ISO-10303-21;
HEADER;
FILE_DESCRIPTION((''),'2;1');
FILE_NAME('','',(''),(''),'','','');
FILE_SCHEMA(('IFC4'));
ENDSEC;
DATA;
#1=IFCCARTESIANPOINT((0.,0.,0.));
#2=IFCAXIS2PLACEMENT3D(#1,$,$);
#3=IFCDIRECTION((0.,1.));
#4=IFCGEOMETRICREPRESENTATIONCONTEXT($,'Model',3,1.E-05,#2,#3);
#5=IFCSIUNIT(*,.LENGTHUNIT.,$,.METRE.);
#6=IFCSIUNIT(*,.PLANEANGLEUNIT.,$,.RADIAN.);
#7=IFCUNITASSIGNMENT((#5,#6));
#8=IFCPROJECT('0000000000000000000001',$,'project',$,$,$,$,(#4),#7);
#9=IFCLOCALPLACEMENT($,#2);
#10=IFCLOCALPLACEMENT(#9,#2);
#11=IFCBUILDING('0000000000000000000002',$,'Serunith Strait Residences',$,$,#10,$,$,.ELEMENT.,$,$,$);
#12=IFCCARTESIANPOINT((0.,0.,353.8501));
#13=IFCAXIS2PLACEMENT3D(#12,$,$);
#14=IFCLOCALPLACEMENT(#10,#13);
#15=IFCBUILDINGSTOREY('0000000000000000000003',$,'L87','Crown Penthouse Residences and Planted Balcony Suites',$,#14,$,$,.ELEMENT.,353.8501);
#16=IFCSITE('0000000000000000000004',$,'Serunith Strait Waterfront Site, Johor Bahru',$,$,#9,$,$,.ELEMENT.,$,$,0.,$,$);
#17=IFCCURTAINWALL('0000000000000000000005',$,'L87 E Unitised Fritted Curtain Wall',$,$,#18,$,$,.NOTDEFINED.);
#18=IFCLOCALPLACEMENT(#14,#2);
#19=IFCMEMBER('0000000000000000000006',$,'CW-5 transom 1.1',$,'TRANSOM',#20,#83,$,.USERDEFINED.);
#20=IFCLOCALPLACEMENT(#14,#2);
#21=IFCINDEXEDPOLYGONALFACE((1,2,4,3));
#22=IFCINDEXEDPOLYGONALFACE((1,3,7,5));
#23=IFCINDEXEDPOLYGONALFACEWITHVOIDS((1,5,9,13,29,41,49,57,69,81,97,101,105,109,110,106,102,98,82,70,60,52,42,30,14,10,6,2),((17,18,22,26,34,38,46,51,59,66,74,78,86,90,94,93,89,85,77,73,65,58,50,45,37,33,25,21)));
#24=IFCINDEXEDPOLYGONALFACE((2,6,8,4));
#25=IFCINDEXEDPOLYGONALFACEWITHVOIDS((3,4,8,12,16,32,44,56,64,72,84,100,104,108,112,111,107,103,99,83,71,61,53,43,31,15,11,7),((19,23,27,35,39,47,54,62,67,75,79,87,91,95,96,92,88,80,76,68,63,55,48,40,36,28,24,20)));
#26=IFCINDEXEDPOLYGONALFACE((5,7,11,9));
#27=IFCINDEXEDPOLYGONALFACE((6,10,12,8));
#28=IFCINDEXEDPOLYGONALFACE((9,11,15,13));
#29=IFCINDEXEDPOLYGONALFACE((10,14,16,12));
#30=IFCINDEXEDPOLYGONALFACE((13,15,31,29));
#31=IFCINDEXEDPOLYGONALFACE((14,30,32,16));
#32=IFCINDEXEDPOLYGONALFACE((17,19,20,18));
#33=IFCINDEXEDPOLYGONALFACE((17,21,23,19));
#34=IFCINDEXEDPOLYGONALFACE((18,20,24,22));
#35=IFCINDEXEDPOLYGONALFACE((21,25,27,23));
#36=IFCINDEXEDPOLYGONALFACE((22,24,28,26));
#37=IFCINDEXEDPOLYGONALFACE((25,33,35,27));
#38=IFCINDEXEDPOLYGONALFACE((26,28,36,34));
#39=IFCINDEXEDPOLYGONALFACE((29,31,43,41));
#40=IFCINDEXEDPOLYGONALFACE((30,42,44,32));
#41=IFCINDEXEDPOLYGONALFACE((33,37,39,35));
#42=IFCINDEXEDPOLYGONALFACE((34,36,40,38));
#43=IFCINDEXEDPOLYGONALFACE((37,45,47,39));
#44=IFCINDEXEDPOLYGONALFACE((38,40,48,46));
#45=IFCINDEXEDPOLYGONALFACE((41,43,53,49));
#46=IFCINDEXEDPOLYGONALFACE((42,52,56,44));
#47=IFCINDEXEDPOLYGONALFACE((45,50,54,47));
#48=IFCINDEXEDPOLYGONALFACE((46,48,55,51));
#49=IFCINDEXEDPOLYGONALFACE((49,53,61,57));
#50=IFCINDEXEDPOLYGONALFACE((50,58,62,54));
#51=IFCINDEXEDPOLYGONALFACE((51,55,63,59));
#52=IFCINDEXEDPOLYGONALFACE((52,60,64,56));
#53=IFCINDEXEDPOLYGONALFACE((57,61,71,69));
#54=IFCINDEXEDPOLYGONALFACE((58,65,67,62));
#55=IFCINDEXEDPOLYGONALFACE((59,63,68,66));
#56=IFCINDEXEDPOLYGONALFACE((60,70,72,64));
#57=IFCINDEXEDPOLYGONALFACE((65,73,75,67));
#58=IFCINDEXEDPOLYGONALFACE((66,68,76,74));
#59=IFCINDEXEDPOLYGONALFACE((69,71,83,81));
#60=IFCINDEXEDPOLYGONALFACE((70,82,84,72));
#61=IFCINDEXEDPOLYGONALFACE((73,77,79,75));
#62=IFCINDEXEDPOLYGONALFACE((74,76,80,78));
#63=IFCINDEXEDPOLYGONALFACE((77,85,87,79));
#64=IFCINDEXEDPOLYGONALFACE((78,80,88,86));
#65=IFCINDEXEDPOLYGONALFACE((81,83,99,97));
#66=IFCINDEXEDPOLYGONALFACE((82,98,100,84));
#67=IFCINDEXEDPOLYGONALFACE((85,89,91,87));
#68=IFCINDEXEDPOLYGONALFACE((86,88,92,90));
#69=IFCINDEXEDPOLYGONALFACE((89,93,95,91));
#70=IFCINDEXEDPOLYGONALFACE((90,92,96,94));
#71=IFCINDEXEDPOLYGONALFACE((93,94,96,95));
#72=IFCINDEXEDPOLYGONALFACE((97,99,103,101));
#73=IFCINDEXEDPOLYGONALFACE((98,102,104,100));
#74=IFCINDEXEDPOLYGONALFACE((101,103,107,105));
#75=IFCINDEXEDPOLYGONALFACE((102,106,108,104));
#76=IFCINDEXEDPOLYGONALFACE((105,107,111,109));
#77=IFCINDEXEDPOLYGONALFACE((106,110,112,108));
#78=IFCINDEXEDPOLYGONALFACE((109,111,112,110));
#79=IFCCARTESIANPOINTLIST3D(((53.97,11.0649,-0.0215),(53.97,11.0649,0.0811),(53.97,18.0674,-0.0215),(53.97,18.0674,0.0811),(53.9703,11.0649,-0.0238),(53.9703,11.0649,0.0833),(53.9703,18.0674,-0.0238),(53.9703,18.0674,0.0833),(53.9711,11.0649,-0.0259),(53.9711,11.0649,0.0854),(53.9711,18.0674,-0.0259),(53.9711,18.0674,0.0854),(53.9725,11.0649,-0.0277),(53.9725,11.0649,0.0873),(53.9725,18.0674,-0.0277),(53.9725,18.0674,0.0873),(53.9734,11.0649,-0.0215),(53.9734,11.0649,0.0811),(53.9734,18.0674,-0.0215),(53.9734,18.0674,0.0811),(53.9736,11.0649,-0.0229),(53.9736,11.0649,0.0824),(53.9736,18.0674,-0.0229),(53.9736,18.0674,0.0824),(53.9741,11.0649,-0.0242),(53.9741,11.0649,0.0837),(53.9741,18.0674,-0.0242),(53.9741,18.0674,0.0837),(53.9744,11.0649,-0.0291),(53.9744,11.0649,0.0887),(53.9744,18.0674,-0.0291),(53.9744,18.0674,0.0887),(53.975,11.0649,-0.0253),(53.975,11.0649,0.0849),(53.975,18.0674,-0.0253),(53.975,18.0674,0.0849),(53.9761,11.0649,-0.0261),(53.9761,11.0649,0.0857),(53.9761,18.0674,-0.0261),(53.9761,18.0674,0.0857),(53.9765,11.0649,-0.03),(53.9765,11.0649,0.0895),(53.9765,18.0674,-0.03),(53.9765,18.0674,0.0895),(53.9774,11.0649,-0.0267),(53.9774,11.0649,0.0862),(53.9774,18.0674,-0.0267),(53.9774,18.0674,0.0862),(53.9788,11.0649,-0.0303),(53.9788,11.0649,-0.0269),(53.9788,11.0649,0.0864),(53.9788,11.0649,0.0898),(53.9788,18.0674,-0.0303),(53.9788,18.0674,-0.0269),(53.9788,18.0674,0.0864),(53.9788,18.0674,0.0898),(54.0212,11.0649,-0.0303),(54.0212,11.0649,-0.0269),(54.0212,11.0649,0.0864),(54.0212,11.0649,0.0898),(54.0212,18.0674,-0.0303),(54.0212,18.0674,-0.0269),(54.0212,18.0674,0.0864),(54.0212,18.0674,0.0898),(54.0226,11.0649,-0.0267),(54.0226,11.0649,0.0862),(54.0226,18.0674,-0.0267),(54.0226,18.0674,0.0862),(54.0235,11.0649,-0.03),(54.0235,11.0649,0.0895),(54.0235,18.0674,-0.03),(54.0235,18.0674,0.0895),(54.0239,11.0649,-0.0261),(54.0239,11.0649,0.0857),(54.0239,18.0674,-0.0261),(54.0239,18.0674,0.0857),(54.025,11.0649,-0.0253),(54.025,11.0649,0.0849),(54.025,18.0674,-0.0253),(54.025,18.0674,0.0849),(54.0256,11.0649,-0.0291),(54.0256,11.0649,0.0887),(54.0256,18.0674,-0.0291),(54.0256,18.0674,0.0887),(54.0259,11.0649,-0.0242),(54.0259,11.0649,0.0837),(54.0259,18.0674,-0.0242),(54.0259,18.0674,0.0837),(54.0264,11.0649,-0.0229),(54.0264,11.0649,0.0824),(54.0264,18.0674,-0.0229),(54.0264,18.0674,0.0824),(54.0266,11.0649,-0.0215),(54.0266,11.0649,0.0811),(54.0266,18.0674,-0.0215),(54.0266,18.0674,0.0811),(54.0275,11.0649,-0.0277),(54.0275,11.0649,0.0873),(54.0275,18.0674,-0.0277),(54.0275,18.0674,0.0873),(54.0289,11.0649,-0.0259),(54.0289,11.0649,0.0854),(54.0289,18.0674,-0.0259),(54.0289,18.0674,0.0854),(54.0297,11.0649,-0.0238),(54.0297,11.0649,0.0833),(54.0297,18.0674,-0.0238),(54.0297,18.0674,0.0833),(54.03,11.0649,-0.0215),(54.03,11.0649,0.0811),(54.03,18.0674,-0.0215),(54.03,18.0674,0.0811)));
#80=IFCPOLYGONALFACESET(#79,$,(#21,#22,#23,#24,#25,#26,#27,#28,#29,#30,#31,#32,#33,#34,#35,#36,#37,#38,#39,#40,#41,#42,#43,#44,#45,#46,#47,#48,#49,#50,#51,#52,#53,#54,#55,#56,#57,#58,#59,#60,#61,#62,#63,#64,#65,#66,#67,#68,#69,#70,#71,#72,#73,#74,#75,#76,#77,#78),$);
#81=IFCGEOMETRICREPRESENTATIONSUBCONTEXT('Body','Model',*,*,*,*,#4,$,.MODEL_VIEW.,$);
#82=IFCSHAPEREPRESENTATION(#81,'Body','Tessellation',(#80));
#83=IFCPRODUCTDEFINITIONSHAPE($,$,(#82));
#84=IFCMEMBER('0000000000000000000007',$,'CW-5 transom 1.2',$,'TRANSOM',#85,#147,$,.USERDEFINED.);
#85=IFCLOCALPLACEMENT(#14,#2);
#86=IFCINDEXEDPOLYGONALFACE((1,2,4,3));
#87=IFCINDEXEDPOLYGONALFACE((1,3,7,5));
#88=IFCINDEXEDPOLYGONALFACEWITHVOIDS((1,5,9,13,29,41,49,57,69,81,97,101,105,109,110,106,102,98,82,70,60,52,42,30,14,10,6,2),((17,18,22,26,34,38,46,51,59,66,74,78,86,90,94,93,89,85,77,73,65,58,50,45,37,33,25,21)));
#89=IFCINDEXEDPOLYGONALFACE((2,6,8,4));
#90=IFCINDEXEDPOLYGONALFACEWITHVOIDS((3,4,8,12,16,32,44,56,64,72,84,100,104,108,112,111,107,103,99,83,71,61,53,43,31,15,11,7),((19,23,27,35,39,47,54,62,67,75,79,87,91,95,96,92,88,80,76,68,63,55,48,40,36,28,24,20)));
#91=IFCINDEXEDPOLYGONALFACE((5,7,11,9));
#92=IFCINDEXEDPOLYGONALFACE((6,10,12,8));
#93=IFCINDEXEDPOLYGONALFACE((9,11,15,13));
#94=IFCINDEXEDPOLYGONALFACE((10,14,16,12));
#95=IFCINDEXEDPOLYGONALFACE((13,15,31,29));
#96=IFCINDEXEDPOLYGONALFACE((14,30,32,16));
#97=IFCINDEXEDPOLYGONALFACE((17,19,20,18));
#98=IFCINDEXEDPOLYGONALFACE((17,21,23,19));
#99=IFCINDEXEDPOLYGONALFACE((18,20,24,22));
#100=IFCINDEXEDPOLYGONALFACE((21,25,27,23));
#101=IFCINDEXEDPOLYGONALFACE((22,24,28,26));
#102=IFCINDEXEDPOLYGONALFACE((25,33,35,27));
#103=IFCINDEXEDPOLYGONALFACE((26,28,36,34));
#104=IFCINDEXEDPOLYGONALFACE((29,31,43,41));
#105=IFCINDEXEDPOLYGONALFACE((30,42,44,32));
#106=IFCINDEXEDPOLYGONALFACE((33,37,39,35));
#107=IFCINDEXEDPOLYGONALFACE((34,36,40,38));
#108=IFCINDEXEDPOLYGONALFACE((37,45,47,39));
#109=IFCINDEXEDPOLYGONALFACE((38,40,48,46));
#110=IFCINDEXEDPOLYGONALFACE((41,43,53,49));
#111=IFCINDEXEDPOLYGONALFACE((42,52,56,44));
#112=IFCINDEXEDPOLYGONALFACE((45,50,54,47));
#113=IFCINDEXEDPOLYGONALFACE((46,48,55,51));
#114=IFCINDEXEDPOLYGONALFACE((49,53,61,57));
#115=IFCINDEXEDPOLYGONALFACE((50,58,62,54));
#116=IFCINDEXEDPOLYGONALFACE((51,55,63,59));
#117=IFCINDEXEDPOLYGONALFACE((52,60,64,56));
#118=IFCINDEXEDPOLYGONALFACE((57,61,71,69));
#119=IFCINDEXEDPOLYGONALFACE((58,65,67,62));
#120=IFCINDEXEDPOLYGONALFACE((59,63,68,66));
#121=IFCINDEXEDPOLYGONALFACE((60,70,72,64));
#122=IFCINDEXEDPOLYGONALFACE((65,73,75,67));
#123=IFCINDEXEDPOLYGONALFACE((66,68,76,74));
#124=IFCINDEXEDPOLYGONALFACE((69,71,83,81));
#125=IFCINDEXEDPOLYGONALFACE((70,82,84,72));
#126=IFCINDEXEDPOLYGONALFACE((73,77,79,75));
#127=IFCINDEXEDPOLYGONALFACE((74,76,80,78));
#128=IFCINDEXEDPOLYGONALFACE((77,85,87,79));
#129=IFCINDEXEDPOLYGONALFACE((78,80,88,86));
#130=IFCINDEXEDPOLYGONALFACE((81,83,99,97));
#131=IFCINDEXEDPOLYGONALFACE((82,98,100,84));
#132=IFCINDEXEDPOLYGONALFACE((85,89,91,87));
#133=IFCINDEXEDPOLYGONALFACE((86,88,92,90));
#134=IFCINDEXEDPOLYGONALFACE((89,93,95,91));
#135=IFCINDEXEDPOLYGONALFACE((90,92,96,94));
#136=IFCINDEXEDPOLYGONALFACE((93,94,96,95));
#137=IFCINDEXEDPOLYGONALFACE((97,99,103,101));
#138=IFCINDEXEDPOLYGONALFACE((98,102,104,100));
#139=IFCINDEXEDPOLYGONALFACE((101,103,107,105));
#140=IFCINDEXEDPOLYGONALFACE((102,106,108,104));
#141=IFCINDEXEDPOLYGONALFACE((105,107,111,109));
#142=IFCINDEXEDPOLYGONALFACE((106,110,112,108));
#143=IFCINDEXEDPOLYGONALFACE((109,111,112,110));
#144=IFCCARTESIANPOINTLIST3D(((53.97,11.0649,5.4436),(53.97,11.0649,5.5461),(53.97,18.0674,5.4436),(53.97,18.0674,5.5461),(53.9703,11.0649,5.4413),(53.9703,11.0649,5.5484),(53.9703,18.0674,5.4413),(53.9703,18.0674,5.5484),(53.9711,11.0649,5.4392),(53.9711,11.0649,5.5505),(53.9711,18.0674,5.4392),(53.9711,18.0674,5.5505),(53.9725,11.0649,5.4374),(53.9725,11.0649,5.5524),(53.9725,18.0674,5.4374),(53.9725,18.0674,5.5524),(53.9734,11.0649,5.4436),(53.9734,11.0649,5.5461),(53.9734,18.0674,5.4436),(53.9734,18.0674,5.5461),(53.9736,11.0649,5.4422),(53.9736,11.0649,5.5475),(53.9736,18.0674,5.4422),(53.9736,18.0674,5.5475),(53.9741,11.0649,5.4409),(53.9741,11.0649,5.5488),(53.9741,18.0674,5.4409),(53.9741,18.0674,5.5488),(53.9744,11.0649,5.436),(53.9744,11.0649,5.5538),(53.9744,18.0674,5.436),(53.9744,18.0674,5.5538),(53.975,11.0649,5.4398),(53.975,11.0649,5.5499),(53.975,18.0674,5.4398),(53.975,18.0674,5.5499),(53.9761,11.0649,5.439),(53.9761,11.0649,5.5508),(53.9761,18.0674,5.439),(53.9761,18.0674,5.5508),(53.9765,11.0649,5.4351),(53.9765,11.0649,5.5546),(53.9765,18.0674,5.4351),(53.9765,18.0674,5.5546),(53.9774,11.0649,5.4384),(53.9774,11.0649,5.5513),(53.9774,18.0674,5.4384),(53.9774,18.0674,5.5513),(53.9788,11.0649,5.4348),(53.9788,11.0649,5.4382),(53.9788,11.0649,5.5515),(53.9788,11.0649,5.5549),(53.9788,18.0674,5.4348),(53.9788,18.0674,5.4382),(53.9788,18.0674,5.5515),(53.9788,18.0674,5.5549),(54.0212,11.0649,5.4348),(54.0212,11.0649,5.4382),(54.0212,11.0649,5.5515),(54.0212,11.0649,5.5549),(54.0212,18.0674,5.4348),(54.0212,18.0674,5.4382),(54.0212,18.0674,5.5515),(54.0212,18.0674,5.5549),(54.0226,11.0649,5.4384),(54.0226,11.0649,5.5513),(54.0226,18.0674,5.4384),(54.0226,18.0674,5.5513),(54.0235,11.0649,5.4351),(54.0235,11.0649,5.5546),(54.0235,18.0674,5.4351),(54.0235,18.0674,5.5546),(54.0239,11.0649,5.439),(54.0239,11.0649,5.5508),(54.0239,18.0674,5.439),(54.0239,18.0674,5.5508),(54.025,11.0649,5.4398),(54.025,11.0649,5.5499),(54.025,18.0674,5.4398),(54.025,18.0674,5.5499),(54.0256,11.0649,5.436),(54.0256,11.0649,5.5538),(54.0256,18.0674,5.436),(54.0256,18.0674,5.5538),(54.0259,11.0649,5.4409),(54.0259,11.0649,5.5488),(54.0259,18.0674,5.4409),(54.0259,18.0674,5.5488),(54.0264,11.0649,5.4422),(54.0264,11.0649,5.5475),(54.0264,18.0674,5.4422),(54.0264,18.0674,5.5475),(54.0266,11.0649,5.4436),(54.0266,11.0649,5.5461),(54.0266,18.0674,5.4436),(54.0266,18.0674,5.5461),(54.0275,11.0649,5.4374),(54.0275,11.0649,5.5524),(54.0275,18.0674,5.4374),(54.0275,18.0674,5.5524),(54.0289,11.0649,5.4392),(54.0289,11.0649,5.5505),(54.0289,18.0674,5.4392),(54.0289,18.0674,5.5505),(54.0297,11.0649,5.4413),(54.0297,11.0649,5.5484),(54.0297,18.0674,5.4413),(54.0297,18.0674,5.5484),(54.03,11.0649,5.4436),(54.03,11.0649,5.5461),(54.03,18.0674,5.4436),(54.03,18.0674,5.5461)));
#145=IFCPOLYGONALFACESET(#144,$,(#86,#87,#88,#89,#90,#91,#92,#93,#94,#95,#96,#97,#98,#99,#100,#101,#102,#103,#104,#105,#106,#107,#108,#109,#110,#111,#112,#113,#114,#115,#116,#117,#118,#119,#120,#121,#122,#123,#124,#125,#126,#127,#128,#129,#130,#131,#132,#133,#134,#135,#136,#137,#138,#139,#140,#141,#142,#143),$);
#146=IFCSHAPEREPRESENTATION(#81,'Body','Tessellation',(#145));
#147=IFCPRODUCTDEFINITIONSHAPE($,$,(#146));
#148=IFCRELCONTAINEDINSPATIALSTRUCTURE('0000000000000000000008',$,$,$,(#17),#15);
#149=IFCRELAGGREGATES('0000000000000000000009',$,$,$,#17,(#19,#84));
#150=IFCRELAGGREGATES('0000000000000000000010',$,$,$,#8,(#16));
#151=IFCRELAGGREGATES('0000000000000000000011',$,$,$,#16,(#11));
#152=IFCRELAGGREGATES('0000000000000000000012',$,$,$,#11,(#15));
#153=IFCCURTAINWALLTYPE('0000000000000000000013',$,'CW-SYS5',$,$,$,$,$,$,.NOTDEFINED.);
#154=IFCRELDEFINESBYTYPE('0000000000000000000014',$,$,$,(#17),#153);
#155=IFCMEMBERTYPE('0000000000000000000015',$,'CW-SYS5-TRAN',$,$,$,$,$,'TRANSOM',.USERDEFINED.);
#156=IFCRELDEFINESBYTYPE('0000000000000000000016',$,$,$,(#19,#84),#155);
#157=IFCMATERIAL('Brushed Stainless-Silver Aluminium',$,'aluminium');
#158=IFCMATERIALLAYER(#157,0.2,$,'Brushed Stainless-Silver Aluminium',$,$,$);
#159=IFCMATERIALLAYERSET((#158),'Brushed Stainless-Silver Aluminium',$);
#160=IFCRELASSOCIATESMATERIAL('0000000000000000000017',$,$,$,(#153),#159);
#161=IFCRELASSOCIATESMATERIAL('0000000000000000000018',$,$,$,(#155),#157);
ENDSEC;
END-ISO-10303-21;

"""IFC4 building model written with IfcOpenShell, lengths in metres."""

from ifc_helpers import new_model, si_unit, direction, frame, origin, origin_2d, place, context, subcontext, project, spatial, hollow_rectangle, extrude, source, transform, mapped, material, layer, layer_set, material_profile, profile_set, type_object, element, aggregate, save


model = new_model("IFC4")

# Units and contexts
model_context = context("Model", 3, precision=1e-05, world=origin(), true_north=direction((0.0, 1.0)))
body_context = subcontext(model_context, "Body", "Model", "MODEL_VIEW")
ifc_project = project(units=[si_unit("LENGTHUNIT", "METRE"), si_unit("PLANEANGLEUNIT", "RADIAN")], contexts=[model_context])

# Site, building, storey
site_placement = place(None, origin())
site = spatial("IfcSite", under=ifc_project, at=site_placement, Name="Serunith Strait Waterfront Site, Johor Bahru", CompositionType="ELEMENT", RefElevation=0.0)
building_placement = place(site_placement, origin())
building = spatial("IfcBuilding", under=site, at=building_placement, Name="Serunith Strait Residences", CompositionType="ELEMENT")
storey_placement = place(building_placement, frame((0.0, 0.0, 353.8501)))
storey = spatial("IfcBuildingStorey", under=building, at=storey_placement, Name="L87", Description="Crown Penthouse Residences and Planted Balcony Suites", CompositionType="ELEMENT", Elevation=353.8501)

# Curtain wall, members
ifc_material_1 = material(Name="Brushed Stainless-Silver Aluminium", Category="aluminium")
ifc_layer_1 = layer(ifc_material_1, 0.2, Name="Brushed Stainless-Silver Aluminium")
ifc_layer_set_1 = layer_set([ifc_layer_1], Name="Brushed Stainless-Silver Aluminium")
curtain_wall_type = type_object("IfcCurtainWallType", Name="CW-SYS5", PredefinedType="NOTDEFINED", material=ifc_layer_set_1)
curtain_wall_1_placement = place(storey_placement, origin())
curtain_wall_1 = element("IfcCurtainWall", 1, at=curtain_wall_1_placement, inside=storey, type_object=curtain_wall_type, Name="L87 E Unitised Fritted Curtain Wall", PredefinedType="NOTDEFINED")
ifc_material_profile_1 = material_profile(ifc_material_1, hollow_rectangle(XDim=0.0601, YDim=0.1201, WallThickness=0.0034, InnerFilletRadius=0.0054, OuterFilletRadius=0.0088, at=origin_2d()), Name="ALU 120x60x3.5")
ifc_profile_set_1 = profile_set([ifc_material_profile_1], Name="Brushed Stainless-Silver Aluminium")
member_type_1 = type_object("IfcMemberType", Name="CW-SYS5-TRAN", ElementType="TRANSOM", PredefinedType="USERDEFINED", material=ifc_profile_set_1)
shared_shape_1 = source(origin(), body_context, "Body", "SweptSolid", [
    extrude(hollow_rectangle(XDim=0.0601, YDim=0.1201, WallThickness=0.0034, InnerFilletRadius=0.0054, OuterFilletRadius=0.0088, at=origin_2d()), origin(), (0.0, 0.0, 1.0), 7.0024),
])
member_1_placement = place(storey_placement, frame((54.0, 11.0649, 0.0298), z_axis=(0.0, 1.0, 0.0), x_axis=(-1.0, 0.0, 0.0)))
member_1 = element("IfcMember", 2, at=member_1_placement, type_object=member_type_1, Name="CW-5 transom 1.1", ObjectType="TRANSOM", PredefinedType="USERDEFINED", context=body_context, shape_type="MappedRepresentation", body=[
    mapped(shared_shape_1, transform((0.0, 0.0, 0.0), scale=1.0)),
])
member_2_placement = place(storey_placement, frame((54.0, 11.0649, 5.4949), z_axis=(0.0, 1.0, 0.0), x_axis=(-1.0, 0.0, 0.0)))
member_2 = element("IfcMember", 3, at=member_2_placement, type_object=member_type_1, Name="CW-5 transom 1.2", ObjectType="TRANSOM", PredefinedType="USERDEFINED", context=body_context, shape_type="MappedRepresentation", body=[
    mapped(shared_shape_1, transform((0.0, 0.0, 0.0), scale=1.0)),
])

aggregate(curtain_wall_1, [member_1, member_2])

save(model, "model.ifc")
